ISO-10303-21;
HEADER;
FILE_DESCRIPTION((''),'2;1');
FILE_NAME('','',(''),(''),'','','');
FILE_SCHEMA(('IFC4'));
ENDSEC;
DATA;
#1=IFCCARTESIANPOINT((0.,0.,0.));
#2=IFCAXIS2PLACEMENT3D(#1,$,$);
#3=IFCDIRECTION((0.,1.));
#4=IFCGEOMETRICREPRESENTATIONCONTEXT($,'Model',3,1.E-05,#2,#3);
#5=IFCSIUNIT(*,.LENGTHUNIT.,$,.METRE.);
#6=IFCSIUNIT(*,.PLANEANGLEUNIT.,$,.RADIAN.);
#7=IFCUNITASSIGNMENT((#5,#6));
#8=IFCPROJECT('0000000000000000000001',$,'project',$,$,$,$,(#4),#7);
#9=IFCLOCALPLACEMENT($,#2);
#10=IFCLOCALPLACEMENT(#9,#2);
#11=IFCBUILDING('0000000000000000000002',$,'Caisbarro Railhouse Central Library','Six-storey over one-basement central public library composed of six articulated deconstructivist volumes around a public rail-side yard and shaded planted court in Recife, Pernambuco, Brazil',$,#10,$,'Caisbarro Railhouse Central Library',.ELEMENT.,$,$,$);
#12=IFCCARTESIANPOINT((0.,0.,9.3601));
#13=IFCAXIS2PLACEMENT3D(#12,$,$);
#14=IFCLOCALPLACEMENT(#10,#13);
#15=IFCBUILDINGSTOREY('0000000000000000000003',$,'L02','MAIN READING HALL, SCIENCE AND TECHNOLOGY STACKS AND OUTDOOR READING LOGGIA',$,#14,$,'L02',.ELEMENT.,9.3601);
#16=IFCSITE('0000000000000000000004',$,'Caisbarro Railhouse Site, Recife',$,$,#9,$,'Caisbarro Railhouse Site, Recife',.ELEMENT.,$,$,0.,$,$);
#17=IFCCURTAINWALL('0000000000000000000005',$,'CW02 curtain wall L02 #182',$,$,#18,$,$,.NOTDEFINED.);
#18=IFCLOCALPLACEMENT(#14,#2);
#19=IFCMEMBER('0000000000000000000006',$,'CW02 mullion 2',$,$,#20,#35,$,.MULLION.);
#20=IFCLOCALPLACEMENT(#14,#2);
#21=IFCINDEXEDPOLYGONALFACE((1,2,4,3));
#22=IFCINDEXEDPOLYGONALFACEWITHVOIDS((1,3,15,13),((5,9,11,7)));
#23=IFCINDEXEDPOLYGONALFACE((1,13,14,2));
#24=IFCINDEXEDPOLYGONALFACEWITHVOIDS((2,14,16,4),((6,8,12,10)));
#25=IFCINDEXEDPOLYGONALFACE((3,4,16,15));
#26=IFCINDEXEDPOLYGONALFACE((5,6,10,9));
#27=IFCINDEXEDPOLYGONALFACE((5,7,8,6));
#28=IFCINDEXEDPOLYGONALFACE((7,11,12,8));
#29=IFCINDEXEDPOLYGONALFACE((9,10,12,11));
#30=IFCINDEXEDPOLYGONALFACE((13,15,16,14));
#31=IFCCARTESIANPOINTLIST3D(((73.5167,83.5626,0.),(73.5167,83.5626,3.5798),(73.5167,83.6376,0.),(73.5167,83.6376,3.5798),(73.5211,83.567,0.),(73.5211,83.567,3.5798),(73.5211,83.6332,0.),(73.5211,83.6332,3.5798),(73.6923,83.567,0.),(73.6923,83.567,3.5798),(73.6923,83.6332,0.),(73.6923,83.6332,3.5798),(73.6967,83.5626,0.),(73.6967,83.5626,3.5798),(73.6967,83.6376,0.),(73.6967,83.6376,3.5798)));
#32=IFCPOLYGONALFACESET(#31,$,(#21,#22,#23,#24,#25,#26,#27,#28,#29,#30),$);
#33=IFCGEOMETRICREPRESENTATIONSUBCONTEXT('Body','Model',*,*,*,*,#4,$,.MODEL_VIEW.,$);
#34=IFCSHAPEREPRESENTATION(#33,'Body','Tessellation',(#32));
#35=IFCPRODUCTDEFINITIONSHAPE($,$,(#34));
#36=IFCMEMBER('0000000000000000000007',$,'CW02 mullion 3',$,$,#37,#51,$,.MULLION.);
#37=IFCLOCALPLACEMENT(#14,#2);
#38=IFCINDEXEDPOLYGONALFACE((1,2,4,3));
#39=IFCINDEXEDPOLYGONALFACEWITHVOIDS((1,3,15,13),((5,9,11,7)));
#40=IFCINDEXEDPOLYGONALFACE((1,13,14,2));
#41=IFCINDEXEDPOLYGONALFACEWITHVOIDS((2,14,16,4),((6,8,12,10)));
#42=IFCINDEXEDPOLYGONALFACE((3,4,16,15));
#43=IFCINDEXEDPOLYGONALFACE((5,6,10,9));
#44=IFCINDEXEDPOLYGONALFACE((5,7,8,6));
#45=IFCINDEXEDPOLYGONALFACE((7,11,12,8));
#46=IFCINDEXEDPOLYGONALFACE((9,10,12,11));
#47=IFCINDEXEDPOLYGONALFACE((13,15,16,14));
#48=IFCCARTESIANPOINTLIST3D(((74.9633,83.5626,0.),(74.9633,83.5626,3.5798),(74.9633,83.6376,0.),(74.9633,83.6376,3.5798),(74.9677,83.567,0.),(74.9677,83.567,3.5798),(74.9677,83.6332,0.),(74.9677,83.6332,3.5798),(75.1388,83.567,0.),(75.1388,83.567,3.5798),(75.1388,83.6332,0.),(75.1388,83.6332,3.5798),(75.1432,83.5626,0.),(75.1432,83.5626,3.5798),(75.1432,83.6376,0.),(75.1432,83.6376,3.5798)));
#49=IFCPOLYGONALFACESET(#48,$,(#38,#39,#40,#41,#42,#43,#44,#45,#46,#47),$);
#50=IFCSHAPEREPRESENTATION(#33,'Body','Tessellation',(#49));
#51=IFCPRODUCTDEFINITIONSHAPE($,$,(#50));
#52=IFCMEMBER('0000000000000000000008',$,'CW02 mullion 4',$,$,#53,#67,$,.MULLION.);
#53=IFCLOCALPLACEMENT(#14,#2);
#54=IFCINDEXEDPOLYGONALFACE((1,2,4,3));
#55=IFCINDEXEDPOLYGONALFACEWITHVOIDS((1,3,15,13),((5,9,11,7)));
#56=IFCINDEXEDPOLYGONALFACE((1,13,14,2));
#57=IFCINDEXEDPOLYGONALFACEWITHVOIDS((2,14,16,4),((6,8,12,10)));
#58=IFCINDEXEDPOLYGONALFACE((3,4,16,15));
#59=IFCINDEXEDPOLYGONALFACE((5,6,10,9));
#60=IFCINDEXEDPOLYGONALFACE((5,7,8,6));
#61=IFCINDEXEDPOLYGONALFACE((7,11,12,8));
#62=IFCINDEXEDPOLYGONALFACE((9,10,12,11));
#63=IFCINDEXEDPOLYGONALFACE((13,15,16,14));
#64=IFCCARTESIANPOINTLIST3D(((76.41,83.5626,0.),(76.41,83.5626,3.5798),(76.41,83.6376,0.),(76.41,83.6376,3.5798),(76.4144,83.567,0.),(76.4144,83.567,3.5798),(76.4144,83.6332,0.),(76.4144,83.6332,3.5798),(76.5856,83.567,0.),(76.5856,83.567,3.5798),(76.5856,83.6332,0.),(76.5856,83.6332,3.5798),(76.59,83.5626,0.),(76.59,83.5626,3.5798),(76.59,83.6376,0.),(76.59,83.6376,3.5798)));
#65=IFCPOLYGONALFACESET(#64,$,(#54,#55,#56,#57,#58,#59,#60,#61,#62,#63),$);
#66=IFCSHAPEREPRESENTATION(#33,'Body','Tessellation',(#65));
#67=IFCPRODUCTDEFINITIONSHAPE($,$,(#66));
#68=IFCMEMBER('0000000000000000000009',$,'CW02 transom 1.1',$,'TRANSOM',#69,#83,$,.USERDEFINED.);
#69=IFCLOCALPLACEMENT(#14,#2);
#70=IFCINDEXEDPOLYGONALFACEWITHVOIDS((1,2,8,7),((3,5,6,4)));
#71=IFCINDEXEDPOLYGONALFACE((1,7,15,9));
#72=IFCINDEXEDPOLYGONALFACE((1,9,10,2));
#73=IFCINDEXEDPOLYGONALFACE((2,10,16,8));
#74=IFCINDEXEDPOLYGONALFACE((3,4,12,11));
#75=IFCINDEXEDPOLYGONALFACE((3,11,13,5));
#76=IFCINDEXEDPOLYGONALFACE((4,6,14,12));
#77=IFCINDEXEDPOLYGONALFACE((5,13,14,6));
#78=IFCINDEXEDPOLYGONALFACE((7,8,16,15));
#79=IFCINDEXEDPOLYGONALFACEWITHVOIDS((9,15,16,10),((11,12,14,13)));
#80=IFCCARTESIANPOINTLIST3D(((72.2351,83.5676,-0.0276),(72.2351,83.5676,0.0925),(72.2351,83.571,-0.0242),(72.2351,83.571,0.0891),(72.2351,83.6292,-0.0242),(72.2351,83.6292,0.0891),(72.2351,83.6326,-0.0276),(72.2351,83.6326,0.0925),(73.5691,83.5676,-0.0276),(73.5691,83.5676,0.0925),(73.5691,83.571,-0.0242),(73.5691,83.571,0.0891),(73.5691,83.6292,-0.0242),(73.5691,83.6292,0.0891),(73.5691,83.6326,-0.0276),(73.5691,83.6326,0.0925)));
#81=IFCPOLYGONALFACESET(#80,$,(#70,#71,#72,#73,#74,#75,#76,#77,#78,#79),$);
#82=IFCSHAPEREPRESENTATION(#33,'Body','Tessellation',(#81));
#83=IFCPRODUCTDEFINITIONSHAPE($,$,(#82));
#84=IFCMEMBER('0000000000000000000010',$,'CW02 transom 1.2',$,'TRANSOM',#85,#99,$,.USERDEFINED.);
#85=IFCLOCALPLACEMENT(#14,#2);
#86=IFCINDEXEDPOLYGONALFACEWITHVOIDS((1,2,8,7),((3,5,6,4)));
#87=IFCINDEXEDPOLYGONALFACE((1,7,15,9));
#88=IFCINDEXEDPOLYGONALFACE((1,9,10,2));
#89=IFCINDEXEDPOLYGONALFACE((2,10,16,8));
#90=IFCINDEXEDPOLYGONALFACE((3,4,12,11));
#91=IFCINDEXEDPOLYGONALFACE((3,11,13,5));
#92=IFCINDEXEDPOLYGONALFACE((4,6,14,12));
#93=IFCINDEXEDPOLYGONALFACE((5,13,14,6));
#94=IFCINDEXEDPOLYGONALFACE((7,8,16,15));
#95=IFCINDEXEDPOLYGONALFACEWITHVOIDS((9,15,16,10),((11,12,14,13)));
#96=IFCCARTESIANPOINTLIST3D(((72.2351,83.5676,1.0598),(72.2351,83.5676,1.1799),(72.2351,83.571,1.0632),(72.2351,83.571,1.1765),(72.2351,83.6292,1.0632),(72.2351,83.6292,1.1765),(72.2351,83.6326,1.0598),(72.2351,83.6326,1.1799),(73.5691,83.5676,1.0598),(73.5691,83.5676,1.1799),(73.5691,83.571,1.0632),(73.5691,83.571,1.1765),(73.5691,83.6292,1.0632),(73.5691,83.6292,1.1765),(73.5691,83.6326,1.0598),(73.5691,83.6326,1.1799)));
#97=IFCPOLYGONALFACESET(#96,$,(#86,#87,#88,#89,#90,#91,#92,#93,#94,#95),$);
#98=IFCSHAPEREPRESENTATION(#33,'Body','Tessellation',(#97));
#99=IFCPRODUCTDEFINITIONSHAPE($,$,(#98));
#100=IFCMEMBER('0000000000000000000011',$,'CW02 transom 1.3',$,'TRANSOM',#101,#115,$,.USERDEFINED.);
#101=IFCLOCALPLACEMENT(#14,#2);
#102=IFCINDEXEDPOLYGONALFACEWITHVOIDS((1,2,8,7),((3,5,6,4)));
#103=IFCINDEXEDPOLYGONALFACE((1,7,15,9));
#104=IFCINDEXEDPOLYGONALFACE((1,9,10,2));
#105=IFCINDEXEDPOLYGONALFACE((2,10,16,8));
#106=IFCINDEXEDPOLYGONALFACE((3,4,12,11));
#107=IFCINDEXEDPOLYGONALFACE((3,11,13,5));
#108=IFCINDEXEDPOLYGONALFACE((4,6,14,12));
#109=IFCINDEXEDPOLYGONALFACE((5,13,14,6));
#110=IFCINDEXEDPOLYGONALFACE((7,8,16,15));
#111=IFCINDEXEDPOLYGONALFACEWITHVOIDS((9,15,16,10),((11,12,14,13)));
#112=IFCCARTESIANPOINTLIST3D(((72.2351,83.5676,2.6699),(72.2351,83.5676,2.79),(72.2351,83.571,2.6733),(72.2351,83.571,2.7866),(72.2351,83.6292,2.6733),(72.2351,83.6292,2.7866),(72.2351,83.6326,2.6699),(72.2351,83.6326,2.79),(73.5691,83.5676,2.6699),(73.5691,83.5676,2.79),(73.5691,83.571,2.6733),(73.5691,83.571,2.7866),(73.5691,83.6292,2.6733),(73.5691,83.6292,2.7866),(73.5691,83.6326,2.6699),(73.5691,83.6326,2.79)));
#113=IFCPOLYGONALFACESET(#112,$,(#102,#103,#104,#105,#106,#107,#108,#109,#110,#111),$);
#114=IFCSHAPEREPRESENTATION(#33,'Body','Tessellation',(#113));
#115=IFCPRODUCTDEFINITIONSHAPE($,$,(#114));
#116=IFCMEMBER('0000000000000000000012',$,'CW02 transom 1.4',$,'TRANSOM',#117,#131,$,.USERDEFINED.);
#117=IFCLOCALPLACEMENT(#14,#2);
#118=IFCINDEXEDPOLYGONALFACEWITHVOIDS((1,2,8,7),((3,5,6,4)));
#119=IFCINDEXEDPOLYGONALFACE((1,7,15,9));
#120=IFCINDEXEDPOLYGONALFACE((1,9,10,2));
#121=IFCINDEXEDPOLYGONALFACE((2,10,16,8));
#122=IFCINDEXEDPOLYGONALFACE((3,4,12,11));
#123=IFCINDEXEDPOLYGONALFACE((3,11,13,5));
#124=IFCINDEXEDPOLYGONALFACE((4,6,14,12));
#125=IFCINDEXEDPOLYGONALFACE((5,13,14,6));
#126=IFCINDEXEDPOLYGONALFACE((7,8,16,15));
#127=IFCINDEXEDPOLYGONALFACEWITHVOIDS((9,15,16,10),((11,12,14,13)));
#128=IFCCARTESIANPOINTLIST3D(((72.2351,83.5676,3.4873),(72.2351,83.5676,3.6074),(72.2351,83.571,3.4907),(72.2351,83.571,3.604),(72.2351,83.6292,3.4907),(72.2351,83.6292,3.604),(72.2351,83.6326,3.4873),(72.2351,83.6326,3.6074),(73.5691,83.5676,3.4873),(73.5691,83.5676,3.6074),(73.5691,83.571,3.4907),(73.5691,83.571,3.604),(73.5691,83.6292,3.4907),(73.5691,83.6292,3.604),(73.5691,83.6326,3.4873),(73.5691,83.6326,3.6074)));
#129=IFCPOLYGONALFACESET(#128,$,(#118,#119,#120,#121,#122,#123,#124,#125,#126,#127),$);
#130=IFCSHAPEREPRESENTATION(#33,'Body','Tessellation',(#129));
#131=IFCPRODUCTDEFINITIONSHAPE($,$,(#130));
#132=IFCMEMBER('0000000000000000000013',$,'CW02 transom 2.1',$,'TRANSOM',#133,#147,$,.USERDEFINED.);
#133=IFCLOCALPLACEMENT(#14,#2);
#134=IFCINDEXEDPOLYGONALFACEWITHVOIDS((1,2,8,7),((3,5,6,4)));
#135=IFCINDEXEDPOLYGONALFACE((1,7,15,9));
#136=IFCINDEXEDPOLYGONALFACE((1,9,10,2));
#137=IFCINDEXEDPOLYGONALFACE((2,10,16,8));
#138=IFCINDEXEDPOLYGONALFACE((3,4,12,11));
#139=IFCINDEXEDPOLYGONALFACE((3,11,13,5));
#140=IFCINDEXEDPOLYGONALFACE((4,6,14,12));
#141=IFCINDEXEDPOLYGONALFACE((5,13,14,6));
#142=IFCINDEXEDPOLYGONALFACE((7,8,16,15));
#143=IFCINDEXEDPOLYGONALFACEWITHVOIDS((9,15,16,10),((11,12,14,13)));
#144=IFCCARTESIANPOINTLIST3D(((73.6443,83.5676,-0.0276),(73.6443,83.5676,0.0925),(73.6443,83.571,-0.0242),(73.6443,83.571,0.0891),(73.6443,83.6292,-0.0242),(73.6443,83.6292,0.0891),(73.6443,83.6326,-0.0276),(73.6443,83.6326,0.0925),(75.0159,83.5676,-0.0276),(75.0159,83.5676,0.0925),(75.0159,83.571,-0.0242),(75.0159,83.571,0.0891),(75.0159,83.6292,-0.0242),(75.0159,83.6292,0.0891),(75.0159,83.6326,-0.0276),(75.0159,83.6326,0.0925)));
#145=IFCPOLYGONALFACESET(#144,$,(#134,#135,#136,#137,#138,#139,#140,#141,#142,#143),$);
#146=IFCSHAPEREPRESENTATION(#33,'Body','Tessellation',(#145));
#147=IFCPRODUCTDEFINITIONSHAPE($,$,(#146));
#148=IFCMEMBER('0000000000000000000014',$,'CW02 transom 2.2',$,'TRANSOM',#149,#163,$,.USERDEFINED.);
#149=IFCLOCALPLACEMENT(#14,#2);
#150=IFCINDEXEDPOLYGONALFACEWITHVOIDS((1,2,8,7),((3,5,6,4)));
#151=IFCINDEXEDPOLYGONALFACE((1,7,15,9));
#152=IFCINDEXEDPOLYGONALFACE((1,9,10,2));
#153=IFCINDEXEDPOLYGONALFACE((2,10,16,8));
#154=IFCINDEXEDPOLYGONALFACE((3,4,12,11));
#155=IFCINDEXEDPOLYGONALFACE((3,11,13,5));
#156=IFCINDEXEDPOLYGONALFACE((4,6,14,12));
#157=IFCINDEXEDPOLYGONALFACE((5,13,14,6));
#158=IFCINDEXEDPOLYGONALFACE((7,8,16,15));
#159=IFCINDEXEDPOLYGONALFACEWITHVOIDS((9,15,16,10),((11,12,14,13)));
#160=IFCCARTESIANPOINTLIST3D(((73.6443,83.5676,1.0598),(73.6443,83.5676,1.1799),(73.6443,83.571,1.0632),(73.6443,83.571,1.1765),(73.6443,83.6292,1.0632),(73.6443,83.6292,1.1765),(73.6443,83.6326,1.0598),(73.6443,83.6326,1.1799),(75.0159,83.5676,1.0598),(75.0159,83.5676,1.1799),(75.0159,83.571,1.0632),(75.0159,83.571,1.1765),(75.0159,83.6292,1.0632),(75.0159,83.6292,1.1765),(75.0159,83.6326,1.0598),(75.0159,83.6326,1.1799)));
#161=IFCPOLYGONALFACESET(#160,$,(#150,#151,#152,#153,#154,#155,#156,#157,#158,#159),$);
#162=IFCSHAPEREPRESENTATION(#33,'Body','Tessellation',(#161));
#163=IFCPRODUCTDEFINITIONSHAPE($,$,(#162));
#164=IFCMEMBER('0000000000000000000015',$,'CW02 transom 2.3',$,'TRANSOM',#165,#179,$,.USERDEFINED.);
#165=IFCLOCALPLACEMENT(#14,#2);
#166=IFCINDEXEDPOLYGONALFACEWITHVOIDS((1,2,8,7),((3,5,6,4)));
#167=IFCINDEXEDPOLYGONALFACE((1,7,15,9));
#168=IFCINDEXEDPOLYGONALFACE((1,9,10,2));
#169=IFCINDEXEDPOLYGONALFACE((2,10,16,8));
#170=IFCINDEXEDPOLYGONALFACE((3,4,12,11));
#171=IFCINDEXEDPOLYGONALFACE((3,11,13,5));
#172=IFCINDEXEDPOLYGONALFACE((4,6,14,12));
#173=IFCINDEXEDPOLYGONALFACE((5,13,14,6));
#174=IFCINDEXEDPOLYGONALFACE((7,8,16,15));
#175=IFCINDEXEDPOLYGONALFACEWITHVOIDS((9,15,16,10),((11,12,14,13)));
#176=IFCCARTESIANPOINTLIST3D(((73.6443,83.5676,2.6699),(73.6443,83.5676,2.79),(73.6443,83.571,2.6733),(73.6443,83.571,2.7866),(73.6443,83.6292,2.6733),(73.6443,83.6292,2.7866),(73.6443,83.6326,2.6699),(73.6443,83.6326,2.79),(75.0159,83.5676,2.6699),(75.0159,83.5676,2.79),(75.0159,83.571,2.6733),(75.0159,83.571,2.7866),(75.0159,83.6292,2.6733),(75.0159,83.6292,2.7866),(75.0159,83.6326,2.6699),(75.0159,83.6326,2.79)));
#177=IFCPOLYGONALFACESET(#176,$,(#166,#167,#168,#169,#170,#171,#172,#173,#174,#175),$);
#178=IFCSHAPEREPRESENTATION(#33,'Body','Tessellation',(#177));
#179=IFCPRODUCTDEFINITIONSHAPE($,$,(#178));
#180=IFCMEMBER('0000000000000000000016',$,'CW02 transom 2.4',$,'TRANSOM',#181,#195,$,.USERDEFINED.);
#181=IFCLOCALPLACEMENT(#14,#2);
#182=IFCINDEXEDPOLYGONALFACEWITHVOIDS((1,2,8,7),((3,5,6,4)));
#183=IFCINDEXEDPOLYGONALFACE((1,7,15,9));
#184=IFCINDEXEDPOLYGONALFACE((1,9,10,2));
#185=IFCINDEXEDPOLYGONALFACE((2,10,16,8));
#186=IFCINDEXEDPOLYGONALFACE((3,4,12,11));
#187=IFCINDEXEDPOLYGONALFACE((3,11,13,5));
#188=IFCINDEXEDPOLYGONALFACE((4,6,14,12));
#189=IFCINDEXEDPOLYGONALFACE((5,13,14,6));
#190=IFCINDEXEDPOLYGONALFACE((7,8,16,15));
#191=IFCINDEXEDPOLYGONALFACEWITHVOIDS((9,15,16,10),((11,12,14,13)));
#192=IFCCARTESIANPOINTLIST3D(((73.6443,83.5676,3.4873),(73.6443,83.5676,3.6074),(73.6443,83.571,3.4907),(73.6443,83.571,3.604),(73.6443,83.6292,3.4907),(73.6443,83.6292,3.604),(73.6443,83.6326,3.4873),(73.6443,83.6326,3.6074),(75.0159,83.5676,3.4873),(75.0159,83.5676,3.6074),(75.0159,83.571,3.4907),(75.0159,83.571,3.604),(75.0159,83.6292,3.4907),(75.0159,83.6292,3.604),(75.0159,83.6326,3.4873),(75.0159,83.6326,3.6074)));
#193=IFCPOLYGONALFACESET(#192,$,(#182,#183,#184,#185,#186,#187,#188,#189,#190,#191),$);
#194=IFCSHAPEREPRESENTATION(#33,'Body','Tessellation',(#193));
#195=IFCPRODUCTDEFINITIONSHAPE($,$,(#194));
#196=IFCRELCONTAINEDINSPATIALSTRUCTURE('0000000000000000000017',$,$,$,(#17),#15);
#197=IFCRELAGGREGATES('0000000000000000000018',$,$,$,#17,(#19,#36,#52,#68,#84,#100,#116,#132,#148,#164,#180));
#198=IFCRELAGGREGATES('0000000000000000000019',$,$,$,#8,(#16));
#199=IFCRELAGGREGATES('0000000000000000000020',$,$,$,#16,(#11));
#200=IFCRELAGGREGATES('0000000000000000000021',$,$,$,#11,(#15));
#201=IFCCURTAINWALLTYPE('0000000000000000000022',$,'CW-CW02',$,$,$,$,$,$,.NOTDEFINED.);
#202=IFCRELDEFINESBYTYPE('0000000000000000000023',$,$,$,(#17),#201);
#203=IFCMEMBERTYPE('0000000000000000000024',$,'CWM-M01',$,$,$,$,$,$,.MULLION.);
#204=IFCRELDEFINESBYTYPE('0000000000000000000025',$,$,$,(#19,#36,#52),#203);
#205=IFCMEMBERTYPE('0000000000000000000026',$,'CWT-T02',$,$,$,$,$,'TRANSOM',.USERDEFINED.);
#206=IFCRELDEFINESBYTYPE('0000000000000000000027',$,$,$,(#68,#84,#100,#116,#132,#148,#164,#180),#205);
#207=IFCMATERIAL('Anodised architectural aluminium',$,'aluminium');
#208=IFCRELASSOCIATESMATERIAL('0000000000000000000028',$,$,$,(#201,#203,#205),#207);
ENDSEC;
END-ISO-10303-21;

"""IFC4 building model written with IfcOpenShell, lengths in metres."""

from ifc_helpers import new_model, si_unit, direction, frame, origin, origin_2d, place, context, subcontext, project, spatial, hollow_rectangle, extrude, material, material_profile, profile_set, type_object, element, aggregate, save


model = new_model("IFC4")

# Units and contexts
model_context = context("Model", 3, precision=1e-05, world=origin(), true_north=direction((0.0, 1.0)))
body_context = subcontext(model_context, "Body", "Model", "MODEL_VIEW")
ifc_project = project(units=[si_unit("LENGTHUNIT", "METRE"), si_unit("PLANEANGLEUNIT", "RADIAN")], contexts=[model_context])

# Site, building, storey
site_placement = place(None, origin())
site = spatial("IfcSite", under=ifc_project, at=site_placement, Name="Caisbarro Railhouse Site, Recife", LongName="Caisbarro Railhouse Site, Recife", CompositionType="ELEMENT", RefElevation=0.0)
building_placement = place(site_placement, origin())
building = spatial("IfcBuilding", under=site, at=building_placement, Name="Caisbarro Railhouse Central Library", Description="Six-storey over one-basement central public library composed of six articulated deconstructivist volumes around a public rail-side yard and shaded planted court in Recife, Pernambuco, Brazil", LongName="Caisbarro Railhouse Central Library", CompositionType="ELEMENT")
storey_placement = place(building_placement, frame((0.0, 0.0, 9.3601)))
storey = spatial("IfcBuildingStorey", under=building, at=storey_placement, Name="L02", Description="MAIN READING HALL, SCIENCE AND TECHNOLOGY STACKS AND OUTDOOR READING LOGGIA", LongName="L02", CompositionType="ELEMENT", Elevation=9.3601)

# Curtain wall, members
ifc_material_1 = material(Name="Anodised architectural aluminium", Category="aluminium")
curtain_wall_type = type_object("IfcCurtainWallType", Name="CW-CW02", PredefinedType="NOTDEFINED", material=ifc_material_1)
curtain_wall_placement = place(storey_placement, origin())
curtain_wall = element("IfcCurtainWall", 1, at=curtain_wall_placement, inside=storey, type_object=curtain_wall_type, Name="CW02 curtain wall L02 #182", PredefinedType="NOTDEFINED")
ifc_material_profile_1 = material_profile(ifc_material_1, hollow_rectangle(XDim=0.075, YDim=0.1799, WallThickness=0.0044, at=origin_2d()), Name="ALU-MUL-75X180")
ifc_profile_set_1 = profile_set([ifc_material_profile_1], Name="Anodised architectural aluminium")
member_type_1 = type_object("IfcMemberType", Name="CWM-M01", PredefinedType="MULLION", material=ifc_profile_set_1)
member_1_placement = place(storey_placement, frame((73.6067, 83.6001, 0.0), z_axis=(0.0, 0.0, 1.0), x_axis=(0.0, 1.0, 0.0)))
member_1 = element("IfcMember", 2, at=member_1_placement, type_object=member_type_1, Name="CW02 mullion 2", PredefinedType="MULLION", context=body_context, shape_type="SweptSolid", body=[
    extrude(hollow_rectangle(XDim=0.075, YDim=0.1799, WallThickness=0.0044, at=origin_2d()), origin(), (0.0, 0.0, 1.0), 3.5798),
])
member_2_placement = place(storey_placement, frame((75.0532, 83.6001, 0.0), z_axis=(0.0, 0.0, 1.0), x_axis=(0.0, 1.0, 0.0)))
member_2 = element("IfcMember", 3, at=member_2_placement, type_object=member_type_1, Name="CW02 mullion 3", PredefinedType="MULLION", context=body_context, shape_type="SweptSolid", body=[
    extrude(hollow_rectangle(XDim=0.075, YDim=0.1799, WallThickness=0.0044, at=origin_2d()), origin(), (0.0, 0.0, 1.0), 3.5798),
])
member_3_placement = place(storey_placement, frame((76.5, 83.6001, 0.0), z_axis=(0.0, 0.0, 1.0), x_axis=(0.0, 1.0, 0.0)))
member_3 = element("IfcMember", 4, at=member_3_placement, type_object=member_type_1, Name="CW02 mullion 4", PredefinedType="MULLION", context=body_context, shape_type="SweptSolid", body=[
    extrude(hollow_rectangle(XDim=0.075, YDim=0.1799, WallThickness=0.0044, at=origin_2d()), origin(), (0.0, 0.0, 1.0), 3.5798),
])
ifc_material_profile_2 = material_profile(ifc_material_1, hollow_rectangle(XDim=0.0649, YDim=0.1201, WallThickness=0.0034, at=origin_2d()), Name="ALU-TRN-65X120")
ifc_profile_set_2 = profile_set([ifc_material_profile_2], Name="Anodised architectural aluminium")
member_type_2 = type_object("IfcMemberType", Name="CWT-T02", ElementType="TRANSOM", PredefinedType="USERDEFINED", material=ifc_profile_set_2)
member_4_placement = place(storey_placement, frame((72.2351, 83.6001, 0.0325), z_axis=(1.0, 0.0, 0.0), x_axis=(0.0, 1.0, 0.0)))
member_4 = element("IfcMember", 5, at=member_4_placement, type_object=member_type_2, Name="CW02 transom 1.1", ObjectType="TRANSOM", PredefinedType="USERDEFINED", context=body_context, shape_type="SweptSolid", body=[
    extrude(hollow_rectangle(XDim=0.0649, YDim=0.1201, WallThickness=0.0034, at=origin_2d()), origin(), (0.0, 0.0, 1.0), 1.334),
])
member_5_placement = place(storey_placement, frame((72.2351, 83.6001, 1.1199), z_axis=(1.0, 0.0, 0.0), x_axis=(0.0, 1.0, 0.0)))
member_5 = element("IfcMember", 6, at=member_5_placement, type_object=member_type_2, Name="CW02 transom 1.2", ObjectType="TRANSOM", PredefinedType="USERDEFINED", context=body_context, shape_type="SweptSolid", body=[
    extrude(hollow_rectangle(XDim=0.0649, YDim=0.1201, WallThickness=0.0034, at=origin_2d()), origin(), (0.0, 0.0, 1.0), 1.334),
])
member_6_placement = place(storey_placement, frame((72.2351, 83.6001, 2.73), z_axis=(1.0, 0.0, 0.0), x_axis=(0.0, 1.0, 0.0)))
member_6 = element("IfcMember", 7, at=member_6_placement, type_object=member_type_2, Name="CW02 transom 1.3", ObjectType="TRANSOM", PredefinedType="USERDEFINED", context=body_context, shape_type="SweptSolid", body=[
    extrude(hollow_rectangle(XDim=0.0649, YDim=0.1201, WallThickness=0.0034, at=origin_2d()), origin(), (0.0, 0.0, 1.0), 1.334),
])
member_7_placement = place(storey_placement, frame((72.2351, 83.6001, 3.5474), z_axis=(1.0, 0.0, 0.0), x_axis=(0.0, 1.0, 0.0)))
member_7 = element("IfcMember", 8, at=member_7_placement, type_object=member_type_2, Name="CW02 transom 1.4", ObjectType="TRANSOM", PredefinedType="USERDEFINED", context=body_context, shape_type="SweptSolid", body=[
    extrude(hollow_rectangle(XDim=0.0649, YDim=0.1201, WallThickness=0.0034, at=origin_2d()), origin(), (0.0, 0.0, 1.0), 1.334),
])
member_8_placement = place(storey_placement, frame((73.6443, 83.6001, 0.0325), z_axis=(1.0, 0.0, 0.0), x_axis=(0.0, 1.0, 0.0)))
member_8 = element("IfcMember", 9, at=member_8_placement, type_object=member_type_2, Name="CW02 transom 2.1", ObjectType="TRANSOM", PredefinedType="USERDEFINED", context=body_context, shape_type="SweptSolid", body=[
    extrude(hollow_rectangle(XDim=0.0649, YDim=0.1201, WallThickness=0.0034, at=origin_2d()), origin(), (0.0, 0.0, 1.0), 1.3716),
])
member_9_placement = place(storey_placement, frame((73.6443, 83.6001, 1.1199), z_axis=(1.0, 0.0, 0.0), x_axis=(0.0, 1.0, 0.0)))
member_9 = element("IfcMember", 10, at=member_9_placement, type_object=member_type_2, Name="CW02 transom 2.2", ObjectType="TRANSOM", PredefinedType="USERDEFINED", context=body_context, shape_type="SweptSolid", body=[
    extrude(hollow_rectangle(XDim=0.0649, YDim=0.1201, WallThickness=0.0034, at=origin_2d()), origin(), (0.0, 0.0, 1.0), 1.3716),
])
member_10_placement = place(storey_placement, frame((73.6443, 83.6001, 2.73), z_axis=(1.0, 0.0, 0.0), x_axis=(0.0, 1.0, 0.0)))
member_10 = element("IfcMember", 11, at=member_10_placement, type_object=member_type_2, Name="CW02 transom 2.3", ObjectType="TRANSOM", PredefinedType="USERDEFINED", context=body_context, shape_type="SweptSolid", body=[
    extrude(hollow_rectangle(XDim=0.0649, YDim=0.1201, WallThickness=0.0034, at=origin_2d()), origin(), (0.0, 0.0, 1.0), 1.3716),
])
member_11_placement = place(storey_placement, frame((73.6443, 83.6001, 3.5474), z_axis=(1.0, 0.0, 0.0), x_axis=(0.0, 1.0, 0.0)))
member_11 = element("IfcMember", 12, at=member_11_placement, type_object=member_type_2, Name="CW02 transom 2.4", ObjectType="TRANSOM", PredefinedType="USERDEFINED", context=body_context, shape_type="SweptSolid", body=[
    extrude(hollow_rectangle(XDim=0.0649, YDim=0.1201, WallThickness=0.0034, at=origin_2d()), origin(), (0.0, 0.0, 1.0), 1.3716),
])
aggregate(curtain_wall, [member_1, member_2, member_3, member_4, member_5, member_6, member_7, member_8, member_9, member_10, member_11])

save(model, "model.ifc")
